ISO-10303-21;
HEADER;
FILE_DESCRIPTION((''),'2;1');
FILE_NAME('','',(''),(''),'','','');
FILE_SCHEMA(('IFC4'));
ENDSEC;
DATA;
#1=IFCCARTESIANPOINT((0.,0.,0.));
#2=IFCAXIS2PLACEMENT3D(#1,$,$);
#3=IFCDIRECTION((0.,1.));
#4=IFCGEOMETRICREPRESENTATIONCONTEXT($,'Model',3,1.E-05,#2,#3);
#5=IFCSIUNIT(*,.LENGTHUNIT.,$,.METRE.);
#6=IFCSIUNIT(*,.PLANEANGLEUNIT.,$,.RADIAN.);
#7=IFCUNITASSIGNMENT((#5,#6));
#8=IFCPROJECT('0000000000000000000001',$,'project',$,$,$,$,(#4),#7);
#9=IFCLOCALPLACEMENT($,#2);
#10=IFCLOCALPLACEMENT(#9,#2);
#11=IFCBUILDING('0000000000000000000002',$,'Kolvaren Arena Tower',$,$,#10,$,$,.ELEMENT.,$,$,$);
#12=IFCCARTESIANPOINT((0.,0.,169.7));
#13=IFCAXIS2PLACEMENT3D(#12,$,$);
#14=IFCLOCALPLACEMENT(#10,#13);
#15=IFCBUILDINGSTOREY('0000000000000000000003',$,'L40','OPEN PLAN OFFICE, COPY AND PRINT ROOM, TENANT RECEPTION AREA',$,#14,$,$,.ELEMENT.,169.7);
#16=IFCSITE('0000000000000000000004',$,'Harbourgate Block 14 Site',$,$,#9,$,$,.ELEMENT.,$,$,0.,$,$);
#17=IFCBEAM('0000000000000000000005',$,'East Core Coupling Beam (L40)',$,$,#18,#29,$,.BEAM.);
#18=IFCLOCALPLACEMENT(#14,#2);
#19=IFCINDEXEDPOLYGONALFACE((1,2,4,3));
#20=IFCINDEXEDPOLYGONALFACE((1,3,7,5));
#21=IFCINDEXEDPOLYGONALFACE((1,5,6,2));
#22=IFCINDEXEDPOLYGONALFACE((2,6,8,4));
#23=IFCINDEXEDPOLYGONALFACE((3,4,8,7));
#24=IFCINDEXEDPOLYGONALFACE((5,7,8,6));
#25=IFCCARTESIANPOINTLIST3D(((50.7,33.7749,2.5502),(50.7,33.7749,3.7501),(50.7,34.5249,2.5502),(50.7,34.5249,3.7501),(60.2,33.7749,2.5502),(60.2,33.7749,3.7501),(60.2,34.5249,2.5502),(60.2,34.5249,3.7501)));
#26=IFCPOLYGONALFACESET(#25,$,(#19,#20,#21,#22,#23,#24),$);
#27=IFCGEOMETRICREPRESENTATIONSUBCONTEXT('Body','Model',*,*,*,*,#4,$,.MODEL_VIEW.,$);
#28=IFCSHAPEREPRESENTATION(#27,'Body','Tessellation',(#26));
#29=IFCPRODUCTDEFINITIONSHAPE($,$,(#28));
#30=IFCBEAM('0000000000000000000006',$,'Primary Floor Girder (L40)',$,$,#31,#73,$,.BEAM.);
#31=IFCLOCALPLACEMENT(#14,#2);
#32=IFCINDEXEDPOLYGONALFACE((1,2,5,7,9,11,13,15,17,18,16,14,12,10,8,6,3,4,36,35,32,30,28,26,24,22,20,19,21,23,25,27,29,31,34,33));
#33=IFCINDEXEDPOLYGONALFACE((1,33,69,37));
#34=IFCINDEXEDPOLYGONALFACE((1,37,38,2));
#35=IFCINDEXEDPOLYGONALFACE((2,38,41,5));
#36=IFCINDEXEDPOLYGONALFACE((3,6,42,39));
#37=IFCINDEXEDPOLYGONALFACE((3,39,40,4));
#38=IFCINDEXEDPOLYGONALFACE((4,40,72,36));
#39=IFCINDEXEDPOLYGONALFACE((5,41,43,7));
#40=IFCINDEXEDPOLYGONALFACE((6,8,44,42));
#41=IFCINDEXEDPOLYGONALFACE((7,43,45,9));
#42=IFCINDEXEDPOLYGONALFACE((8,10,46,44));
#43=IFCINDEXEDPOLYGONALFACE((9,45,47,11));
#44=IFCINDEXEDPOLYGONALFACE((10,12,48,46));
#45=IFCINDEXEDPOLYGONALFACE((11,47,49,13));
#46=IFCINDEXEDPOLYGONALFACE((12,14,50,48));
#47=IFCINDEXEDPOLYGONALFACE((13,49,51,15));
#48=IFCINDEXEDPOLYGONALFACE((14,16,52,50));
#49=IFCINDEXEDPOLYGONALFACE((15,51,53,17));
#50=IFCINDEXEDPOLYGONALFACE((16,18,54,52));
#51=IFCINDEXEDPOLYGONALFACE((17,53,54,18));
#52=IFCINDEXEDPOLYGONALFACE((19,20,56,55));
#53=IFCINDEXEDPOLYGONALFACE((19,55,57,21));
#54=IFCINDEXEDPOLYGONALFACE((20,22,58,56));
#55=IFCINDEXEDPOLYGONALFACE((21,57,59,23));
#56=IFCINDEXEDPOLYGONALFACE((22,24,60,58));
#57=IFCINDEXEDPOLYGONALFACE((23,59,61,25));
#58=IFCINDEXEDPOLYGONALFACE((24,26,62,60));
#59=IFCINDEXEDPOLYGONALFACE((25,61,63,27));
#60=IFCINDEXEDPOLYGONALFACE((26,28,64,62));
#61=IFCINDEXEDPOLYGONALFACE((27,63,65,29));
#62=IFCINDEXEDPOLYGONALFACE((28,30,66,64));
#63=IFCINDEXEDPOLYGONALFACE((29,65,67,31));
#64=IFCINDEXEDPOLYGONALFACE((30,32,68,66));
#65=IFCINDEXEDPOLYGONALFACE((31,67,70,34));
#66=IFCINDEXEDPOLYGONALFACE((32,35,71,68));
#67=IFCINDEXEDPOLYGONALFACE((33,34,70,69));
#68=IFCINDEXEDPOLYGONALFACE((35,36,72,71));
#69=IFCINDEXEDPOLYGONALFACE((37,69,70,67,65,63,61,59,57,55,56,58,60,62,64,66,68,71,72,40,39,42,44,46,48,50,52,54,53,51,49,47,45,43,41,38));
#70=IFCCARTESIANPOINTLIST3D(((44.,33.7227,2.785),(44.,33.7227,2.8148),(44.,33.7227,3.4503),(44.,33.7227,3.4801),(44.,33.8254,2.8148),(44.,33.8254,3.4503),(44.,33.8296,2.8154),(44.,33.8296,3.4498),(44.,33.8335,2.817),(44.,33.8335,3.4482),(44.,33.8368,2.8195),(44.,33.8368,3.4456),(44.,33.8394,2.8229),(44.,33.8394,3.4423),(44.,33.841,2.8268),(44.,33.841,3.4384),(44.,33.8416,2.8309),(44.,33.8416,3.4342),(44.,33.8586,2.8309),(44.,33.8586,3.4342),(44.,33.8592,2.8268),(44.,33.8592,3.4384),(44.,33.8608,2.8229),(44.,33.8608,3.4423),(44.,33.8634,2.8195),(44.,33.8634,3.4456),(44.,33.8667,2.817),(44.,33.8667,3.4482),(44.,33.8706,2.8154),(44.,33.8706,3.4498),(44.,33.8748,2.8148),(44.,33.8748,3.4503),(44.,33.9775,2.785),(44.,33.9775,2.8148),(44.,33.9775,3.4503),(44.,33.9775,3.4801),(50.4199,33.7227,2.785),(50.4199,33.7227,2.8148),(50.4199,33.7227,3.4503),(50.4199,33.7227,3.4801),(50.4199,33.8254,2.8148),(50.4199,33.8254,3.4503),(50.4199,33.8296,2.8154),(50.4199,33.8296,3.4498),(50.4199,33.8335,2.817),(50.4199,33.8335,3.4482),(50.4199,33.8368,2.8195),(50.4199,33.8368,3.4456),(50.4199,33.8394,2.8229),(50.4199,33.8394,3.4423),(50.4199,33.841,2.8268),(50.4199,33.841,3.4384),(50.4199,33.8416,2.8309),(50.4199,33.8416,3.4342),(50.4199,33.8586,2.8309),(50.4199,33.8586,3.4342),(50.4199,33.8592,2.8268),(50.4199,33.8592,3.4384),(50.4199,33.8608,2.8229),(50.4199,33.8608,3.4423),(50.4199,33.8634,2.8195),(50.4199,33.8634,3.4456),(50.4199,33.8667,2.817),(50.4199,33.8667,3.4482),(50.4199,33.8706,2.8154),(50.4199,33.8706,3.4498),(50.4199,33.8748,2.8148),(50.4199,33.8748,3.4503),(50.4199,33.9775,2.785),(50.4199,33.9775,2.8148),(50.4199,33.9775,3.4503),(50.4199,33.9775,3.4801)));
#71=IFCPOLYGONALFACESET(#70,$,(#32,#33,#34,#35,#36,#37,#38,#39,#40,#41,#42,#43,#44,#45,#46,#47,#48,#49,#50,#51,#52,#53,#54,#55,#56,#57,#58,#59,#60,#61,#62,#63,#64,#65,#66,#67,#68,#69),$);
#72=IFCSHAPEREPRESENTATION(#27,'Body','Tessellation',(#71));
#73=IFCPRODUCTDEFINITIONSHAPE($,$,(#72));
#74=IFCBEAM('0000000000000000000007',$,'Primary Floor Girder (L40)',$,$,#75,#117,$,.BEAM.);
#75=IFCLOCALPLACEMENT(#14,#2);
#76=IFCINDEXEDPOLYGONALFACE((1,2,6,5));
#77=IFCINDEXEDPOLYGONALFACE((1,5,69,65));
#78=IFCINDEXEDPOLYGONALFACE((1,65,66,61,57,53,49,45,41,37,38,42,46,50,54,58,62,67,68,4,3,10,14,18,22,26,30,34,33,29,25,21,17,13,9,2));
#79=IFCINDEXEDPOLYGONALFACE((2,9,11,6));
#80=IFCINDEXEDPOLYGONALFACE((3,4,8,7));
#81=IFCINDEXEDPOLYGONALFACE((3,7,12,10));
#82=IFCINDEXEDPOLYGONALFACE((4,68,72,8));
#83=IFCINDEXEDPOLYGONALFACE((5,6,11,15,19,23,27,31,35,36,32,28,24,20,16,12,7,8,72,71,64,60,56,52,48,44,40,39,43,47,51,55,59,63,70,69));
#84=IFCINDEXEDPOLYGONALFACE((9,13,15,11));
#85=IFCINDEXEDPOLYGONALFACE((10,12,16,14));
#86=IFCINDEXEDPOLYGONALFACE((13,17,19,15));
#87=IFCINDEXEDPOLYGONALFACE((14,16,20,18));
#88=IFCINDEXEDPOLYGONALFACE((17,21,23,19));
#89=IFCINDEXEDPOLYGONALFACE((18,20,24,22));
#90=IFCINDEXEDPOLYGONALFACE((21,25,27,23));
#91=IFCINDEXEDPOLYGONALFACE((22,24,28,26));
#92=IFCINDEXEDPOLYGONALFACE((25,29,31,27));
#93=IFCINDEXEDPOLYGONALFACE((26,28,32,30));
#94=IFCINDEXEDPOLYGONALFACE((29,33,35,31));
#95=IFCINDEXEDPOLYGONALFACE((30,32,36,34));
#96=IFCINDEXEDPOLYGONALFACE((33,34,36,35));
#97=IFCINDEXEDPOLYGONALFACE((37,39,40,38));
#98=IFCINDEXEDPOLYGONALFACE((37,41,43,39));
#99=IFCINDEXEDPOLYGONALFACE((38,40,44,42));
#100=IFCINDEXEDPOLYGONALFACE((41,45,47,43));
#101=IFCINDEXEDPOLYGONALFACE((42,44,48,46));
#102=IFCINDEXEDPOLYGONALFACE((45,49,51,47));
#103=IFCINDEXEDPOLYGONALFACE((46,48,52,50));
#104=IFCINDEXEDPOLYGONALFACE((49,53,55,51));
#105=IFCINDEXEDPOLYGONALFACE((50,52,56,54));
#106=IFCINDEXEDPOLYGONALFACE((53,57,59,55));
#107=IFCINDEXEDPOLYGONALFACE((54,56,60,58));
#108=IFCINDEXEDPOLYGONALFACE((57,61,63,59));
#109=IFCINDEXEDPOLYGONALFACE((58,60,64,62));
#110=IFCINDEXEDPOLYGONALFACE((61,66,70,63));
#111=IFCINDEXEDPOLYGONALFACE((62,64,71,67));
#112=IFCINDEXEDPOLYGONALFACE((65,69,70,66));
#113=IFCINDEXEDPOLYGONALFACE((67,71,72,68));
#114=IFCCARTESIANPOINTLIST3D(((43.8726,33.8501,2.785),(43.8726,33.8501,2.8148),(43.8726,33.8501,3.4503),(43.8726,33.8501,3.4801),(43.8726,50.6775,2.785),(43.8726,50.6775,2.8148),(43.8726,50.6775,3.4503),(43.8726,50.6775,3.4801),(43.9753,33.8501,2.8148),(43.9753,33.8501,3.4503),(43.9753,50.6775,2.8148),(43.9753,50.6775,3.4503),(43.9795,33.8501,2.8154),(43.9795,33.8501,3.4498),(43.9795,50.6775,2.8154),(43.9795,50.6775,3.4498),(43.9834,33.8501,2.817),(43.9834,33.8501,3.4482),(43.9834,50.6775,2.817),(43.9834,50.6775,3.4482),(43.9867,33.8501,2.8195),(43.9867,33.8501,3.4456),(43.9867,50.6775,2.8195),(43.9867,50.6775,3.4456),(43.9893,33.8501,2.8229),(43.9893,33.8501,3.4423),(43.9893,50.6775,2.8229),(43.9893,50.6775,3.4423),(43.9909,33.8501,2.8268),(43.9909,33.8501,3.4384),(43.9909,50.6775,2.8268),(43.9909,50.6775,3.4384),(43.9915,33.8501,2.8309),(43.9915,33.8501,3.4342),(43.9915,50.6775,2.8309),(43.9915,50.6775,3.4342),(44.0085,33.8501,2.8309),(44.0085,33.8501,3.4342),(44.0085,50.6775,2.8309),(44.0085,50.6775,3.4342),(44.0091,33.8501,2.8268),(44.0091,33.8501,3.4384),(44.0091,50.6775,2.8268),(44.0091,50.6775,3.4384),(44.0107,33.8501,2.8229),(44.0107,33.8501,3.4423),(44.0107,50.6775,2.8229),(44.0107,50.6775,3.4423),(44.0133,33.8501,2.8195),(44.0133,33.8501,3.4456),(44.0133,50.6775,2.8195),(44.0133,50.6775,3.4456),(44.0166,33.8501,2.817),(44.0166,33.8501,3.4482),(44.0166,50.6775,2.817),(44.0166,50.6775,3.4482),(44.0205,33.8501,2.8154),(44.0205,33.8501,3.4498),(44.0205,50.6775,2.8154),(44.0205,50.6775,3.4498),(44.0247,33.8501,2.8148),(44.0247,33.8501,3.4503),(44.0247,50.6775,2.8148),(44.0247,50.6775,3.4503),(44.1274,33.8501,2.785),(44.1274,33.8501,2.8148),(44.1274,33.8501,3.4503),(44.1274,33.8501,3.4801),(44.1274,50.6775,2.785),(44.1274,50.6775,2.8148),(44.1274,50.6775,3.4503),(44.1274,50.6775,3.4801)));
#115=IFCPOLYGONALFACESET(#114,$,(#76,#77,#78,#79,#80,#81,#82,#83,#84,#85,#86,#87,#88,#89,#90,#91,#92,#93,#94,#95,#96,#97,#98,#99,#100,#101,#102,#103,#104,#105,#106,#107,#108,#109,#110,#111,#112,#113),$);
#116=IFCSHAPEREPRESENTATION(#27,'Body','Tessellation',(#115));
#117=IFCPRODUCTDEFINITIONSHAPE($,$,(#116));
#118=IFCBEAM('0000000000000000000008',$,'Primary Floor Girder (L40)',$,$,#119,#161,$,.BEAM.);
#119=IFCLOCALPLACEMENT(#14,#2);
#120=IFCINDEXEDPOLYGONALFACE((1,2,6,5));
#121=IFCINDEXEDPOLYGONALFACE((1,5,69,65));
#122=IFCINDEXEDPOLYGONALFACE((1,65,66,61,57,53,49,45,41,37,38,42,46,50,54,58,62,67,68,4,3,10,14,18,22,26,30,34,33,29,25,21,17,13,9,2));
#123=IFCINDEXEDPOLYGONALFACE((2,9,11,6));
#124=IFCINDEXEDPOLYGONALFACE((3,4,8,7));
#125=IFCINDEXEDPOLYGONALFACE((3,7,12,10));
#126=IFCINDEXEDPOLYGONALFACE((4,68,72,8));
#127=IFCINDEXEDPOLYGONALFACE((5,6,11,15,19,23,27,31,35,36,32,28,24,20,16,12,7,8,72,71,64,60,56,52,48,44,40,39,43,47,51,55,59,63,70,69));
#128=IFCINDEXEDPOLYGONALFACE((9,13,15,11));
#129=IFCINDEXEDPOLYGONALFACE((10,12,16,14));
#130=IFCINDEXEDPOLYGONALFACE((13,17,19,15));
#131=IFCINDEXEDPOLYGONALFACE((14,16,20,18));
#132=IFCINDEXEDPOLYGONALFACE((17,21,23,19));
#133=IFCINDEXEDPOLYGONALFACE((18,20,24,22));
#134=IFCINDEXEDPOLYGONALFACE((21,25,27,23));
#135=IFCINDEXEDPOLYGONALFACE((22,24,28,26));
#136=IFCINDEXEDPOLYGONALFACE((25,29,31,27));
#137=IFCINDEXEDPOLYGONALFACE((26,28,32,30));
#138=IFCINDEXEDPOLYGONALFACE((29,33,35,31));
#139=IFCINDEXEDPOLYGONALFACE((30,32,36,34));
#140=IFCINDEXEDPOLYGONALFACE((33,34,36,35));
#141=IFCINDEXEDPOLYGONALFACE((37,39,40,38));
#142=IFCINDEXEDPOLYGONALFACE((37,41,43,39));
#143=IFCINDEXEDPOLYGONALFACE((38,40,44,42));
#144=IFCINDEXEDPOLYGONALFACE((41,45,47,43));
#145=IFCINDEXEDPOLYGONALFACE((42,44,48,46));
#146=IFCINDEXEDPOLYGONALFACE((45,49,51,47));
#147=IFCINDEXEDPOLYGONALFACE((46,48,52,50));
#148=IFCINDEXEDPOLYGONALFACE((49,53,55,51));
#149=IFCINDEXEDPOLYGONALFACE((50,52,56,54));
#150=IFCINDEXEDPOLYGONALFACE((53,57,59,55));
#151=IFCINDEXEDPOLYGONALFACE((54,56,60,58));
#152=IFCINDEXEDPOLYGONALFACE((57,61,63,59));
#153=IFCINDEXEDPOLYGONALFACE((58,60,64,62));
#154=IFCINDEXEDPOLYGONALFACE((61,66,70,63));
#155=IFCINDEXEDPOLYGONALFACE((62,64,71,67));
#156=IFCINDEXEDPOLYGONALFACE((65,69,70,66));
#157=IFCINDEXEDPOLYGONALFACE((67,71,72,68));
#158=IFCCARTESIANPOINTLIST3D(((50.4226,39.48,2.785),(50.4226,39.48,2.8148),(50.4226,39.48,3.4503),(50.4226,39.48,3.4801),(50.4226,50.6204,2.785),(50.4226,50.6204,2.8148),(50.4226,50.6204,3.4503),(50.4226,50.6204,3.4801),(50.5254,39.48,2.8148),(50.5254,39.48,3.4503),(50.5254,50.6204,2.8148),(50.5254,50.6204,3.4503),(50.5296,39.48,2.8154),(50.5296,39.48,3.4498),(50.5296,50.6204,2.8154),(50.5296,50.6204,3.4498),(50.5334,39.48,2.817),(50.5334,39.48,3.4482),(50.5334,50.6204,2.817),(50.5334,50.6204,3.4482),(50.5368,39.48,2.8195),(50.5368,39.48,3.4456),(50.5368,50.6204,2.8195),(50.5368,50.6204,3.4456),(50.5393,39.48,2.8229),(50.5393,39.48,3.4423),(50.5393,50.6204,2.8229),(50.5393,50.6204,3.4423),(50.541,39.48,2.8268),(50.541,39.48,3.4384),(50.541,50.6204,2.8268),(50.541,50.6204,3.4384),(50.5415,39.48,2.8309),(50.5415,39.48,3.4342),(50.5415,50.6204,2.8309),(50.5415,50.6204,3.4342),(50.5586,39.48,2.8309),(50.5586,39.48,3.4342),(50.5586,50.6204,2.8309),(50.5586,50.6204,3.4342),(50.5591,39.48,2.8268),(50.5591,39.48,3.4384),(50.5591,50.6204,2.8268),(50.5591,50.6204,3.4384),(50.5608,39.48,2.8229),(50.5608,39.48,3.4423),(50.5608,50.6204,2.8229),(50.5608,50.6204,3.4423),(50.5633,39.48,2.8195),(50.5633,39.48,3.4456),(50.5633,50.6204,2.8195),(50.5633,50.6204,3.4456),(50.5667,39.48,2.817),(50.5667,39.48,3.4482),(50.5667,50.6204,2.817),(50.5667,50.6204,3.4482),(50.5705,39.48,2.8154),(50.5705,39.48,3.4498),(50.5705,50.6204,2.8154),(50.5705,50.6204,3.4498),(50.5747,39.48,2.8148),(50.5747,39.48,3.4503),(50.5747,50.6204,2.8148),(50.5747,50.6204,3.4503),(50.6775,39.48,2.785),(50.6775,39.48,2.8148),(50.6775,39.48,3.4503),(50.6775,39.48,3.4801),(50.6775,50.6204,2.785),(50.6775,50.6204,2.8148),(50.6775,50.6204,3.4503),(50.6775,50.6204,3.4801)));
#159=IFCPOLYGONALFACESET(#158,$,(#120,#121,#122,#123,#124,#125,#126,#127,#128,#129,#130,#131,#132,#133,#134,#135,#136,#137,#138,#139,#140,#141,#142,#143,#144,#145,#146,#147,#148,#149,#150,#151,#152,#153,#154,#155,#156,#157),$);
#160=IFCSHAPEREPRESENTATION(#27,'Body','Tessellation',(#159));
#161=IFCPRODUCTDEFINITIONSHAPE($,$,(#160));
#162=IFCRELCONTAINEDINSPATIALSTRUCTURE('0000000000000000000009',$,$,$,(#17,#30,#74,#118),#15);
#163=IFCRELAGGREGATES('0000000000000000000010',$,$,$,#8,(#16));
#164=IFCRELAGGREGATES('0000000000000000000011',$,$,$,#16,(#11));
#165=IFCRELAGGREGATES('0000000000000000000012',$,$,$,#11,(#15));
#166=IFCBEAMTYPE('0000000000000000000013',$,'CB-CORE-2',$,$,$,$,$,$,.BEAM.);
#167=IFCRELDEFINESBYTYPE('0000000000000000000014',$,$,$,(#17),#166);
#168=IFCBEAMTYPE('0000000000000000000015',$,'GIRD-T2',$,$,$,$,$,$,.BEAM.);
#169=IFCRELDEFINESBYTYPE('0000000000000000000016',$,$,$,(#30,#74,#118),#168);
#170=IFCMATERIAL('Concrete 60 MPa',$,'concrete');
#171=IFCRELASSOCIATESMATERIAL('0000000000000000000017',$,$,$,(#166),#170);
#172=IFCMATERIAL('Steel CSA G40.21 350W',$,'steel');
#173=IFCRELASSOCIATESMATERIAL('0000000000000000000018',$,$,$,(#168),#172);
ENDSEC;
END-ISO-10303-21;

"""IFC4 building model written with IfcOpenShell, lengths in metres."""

from ifc_helpers import new_model, si_unit, direction, frame, origin, origin_2d, place, context, subcontext, project, spatial, rectangle, i_section, extrude, material, material_profile, profile_set, type_object, element, save


model = new_model("IFC4")

# Units and contexts
model_context = context("Model", 3, precision=1e-05, world=origin(), true_north=direction((0.0, 1.0)))
body_context = subcontext(model_context, "Body", "Model", "MODEL_VIEW")
ifc_project = project(units=[si_unit("LENGTHUNIT", "METRE"), si_unit("PLANEANGLEUNIT", "RADIAN")], contexts=[model_context])

# Site, building, storey
site_placement = place(None, origin())
site = spatial("IfcSite", under=ifc_project, at=site_placement, Name="Harbourgate Block 14 Site", CompositionType="ELEMENT", RefElevation=0.0)
building_placement = place(site_placement, origin())
building = spatial("IfcBuilding", under=site, at=building_placement, Name="Kolvaren Arena Tower", CompositionType="ELEMENT")
storey_placement = place(building_placement, frame((0.0, 0.0, 169.7)))
storey = spatial("IfcBuildingStorey", under=building, at=storey_placement, Name="L40", Description="OPEN PLAN OFFICE, COPY AND PRINT ROOM, TENANT RECEPTION AREA", CompositionType="ELEMENT", Elevation=169.7)

# Beams
ifc_material_1 = material(Name="Steel CSA G40.21 350W", Category="steel")
ifc_material_2 = material(Name="Concrete 60 MPa", Category="concrete")
ifc_material_profile_1 = material_profile(ifc_material_2, rectangle(XDim=0.75, YDim=1.2, at=origin_2d()), Name="RC-750x1200")
ifc_profile_set_1 = profile_set([ifc_material_profile_1], Name="Concrete 60 MPa")
beam_type_1 = type_object("IfcBeamType", Name="CB-CORE-2", PredefinedType="BEAM", material=ifc_profile_set_1)
beam_1_placement = place(storey_placement, frame((50.7, 34.1499, 3.1501), z_axis=(1.0, 0.0, 0.0), x_axis=(0.0, 1.0, 0.0)))
element("IfcBeam", 1, at=beam_1_placement, inside=storey, type_object=beam_type_1, Name="East Core Coupling Beam (L40)", PredefinedType="BEAM", context=body_context, shape_type="SweptSolid", body=[
    extrude(rectangle(XDim=0.75, YDim=1.2, at=origin_2d()), origin(), (0.0, 0.0, 1.0), 9.5),
])
ifc_material_profile_2 = material_profile(ifc_material_1, i_section(OverallWidth=0.2549, OverallDepth=0.6951, WebThickness=0.0171, FlangeThickness=0.0298, FilletRadius=0.0161, at=origin_2d()), Name="W690x217")
ifc_profile_set_2 = profile_set([ifc_material_profile_2], Name="Steel CSA G40.21 350W")
beam_type_2 = type_object("IfcBeamType", Name="GIRD-T2", PredefinedType="BEAM", material=ifc_profile_set_2)
beam_2_placement = place(storey_placement, frame((44.0, 33.8501, 3.1326), z_axis=(1.0, 0.0, 0.0), x_axis=(0.0, 1.0, 0.0)))
element("IfcBeam", 2, at=beam_2_placement, inside=storey, type_object=beam_type_2, Name="Primary Floor Girder (L40)", PredefinedType="BEAM", context=body_context, shape_type="SweptSolid", body=[
    extrude(i_section(OverallWidth=0.2549, OverallDepth=0.6951, WebThickness=0.0171, FlangeThickness=0.0298, FilletRadius=0.0161, at=origin_2d()), origin(), (0.0, 0.0, 1.0), 6.4199),
])
beam_3_placement = place(storey_placement, frame((44.0, 33.8501, 3.1326), z_axis=(0.0, 1.0, 0.0), x_axis=(-1.0, 0.0, 0.0)))
element("IfcBeam", 3, at=beam_3_placement, inside=storey, type_object=beam_type_2, Name="Primary Floor Girder (L40)", PredefinedType="BEAM", context=body_context, shape_type="SweptSolid", body=[
    extrude(i_section(OverallWidth=0.2549, OverallDepth=0.6951, WebThickness=0.0171, FlangeThickness=0.0298, FilletRadius=0.0161, at=origin_2d()), origin(), (0.0, 0.0, 1.0), 16.8274),
])
beam_4_placement = place(storey_placement, frame((50.55, 39.48, 3.1326), z_axis=(0.0, 1.0, 0.0), x_axis=(-1.0, 0.0, 0.0)))
element("IfcBeam", 4, at=beam_4_placement, inside=storey, type_object=beam_type_2, Name="Primary Floor Girder (L40)", PredefinedType="BEAM", context=body_context, shape_type="SweptSolid", body=[
    extrude(i_section(OverallWidth=0.2549, OverallDepth=0.6951, WebThickness=0.0171, FlangeThickness=0.0298, FilletRadius=0.0161, at=origin_2d()), origin(), (0.0, 0.0, 1.0), 11.1404),
])

save(model, "model.ifc")
